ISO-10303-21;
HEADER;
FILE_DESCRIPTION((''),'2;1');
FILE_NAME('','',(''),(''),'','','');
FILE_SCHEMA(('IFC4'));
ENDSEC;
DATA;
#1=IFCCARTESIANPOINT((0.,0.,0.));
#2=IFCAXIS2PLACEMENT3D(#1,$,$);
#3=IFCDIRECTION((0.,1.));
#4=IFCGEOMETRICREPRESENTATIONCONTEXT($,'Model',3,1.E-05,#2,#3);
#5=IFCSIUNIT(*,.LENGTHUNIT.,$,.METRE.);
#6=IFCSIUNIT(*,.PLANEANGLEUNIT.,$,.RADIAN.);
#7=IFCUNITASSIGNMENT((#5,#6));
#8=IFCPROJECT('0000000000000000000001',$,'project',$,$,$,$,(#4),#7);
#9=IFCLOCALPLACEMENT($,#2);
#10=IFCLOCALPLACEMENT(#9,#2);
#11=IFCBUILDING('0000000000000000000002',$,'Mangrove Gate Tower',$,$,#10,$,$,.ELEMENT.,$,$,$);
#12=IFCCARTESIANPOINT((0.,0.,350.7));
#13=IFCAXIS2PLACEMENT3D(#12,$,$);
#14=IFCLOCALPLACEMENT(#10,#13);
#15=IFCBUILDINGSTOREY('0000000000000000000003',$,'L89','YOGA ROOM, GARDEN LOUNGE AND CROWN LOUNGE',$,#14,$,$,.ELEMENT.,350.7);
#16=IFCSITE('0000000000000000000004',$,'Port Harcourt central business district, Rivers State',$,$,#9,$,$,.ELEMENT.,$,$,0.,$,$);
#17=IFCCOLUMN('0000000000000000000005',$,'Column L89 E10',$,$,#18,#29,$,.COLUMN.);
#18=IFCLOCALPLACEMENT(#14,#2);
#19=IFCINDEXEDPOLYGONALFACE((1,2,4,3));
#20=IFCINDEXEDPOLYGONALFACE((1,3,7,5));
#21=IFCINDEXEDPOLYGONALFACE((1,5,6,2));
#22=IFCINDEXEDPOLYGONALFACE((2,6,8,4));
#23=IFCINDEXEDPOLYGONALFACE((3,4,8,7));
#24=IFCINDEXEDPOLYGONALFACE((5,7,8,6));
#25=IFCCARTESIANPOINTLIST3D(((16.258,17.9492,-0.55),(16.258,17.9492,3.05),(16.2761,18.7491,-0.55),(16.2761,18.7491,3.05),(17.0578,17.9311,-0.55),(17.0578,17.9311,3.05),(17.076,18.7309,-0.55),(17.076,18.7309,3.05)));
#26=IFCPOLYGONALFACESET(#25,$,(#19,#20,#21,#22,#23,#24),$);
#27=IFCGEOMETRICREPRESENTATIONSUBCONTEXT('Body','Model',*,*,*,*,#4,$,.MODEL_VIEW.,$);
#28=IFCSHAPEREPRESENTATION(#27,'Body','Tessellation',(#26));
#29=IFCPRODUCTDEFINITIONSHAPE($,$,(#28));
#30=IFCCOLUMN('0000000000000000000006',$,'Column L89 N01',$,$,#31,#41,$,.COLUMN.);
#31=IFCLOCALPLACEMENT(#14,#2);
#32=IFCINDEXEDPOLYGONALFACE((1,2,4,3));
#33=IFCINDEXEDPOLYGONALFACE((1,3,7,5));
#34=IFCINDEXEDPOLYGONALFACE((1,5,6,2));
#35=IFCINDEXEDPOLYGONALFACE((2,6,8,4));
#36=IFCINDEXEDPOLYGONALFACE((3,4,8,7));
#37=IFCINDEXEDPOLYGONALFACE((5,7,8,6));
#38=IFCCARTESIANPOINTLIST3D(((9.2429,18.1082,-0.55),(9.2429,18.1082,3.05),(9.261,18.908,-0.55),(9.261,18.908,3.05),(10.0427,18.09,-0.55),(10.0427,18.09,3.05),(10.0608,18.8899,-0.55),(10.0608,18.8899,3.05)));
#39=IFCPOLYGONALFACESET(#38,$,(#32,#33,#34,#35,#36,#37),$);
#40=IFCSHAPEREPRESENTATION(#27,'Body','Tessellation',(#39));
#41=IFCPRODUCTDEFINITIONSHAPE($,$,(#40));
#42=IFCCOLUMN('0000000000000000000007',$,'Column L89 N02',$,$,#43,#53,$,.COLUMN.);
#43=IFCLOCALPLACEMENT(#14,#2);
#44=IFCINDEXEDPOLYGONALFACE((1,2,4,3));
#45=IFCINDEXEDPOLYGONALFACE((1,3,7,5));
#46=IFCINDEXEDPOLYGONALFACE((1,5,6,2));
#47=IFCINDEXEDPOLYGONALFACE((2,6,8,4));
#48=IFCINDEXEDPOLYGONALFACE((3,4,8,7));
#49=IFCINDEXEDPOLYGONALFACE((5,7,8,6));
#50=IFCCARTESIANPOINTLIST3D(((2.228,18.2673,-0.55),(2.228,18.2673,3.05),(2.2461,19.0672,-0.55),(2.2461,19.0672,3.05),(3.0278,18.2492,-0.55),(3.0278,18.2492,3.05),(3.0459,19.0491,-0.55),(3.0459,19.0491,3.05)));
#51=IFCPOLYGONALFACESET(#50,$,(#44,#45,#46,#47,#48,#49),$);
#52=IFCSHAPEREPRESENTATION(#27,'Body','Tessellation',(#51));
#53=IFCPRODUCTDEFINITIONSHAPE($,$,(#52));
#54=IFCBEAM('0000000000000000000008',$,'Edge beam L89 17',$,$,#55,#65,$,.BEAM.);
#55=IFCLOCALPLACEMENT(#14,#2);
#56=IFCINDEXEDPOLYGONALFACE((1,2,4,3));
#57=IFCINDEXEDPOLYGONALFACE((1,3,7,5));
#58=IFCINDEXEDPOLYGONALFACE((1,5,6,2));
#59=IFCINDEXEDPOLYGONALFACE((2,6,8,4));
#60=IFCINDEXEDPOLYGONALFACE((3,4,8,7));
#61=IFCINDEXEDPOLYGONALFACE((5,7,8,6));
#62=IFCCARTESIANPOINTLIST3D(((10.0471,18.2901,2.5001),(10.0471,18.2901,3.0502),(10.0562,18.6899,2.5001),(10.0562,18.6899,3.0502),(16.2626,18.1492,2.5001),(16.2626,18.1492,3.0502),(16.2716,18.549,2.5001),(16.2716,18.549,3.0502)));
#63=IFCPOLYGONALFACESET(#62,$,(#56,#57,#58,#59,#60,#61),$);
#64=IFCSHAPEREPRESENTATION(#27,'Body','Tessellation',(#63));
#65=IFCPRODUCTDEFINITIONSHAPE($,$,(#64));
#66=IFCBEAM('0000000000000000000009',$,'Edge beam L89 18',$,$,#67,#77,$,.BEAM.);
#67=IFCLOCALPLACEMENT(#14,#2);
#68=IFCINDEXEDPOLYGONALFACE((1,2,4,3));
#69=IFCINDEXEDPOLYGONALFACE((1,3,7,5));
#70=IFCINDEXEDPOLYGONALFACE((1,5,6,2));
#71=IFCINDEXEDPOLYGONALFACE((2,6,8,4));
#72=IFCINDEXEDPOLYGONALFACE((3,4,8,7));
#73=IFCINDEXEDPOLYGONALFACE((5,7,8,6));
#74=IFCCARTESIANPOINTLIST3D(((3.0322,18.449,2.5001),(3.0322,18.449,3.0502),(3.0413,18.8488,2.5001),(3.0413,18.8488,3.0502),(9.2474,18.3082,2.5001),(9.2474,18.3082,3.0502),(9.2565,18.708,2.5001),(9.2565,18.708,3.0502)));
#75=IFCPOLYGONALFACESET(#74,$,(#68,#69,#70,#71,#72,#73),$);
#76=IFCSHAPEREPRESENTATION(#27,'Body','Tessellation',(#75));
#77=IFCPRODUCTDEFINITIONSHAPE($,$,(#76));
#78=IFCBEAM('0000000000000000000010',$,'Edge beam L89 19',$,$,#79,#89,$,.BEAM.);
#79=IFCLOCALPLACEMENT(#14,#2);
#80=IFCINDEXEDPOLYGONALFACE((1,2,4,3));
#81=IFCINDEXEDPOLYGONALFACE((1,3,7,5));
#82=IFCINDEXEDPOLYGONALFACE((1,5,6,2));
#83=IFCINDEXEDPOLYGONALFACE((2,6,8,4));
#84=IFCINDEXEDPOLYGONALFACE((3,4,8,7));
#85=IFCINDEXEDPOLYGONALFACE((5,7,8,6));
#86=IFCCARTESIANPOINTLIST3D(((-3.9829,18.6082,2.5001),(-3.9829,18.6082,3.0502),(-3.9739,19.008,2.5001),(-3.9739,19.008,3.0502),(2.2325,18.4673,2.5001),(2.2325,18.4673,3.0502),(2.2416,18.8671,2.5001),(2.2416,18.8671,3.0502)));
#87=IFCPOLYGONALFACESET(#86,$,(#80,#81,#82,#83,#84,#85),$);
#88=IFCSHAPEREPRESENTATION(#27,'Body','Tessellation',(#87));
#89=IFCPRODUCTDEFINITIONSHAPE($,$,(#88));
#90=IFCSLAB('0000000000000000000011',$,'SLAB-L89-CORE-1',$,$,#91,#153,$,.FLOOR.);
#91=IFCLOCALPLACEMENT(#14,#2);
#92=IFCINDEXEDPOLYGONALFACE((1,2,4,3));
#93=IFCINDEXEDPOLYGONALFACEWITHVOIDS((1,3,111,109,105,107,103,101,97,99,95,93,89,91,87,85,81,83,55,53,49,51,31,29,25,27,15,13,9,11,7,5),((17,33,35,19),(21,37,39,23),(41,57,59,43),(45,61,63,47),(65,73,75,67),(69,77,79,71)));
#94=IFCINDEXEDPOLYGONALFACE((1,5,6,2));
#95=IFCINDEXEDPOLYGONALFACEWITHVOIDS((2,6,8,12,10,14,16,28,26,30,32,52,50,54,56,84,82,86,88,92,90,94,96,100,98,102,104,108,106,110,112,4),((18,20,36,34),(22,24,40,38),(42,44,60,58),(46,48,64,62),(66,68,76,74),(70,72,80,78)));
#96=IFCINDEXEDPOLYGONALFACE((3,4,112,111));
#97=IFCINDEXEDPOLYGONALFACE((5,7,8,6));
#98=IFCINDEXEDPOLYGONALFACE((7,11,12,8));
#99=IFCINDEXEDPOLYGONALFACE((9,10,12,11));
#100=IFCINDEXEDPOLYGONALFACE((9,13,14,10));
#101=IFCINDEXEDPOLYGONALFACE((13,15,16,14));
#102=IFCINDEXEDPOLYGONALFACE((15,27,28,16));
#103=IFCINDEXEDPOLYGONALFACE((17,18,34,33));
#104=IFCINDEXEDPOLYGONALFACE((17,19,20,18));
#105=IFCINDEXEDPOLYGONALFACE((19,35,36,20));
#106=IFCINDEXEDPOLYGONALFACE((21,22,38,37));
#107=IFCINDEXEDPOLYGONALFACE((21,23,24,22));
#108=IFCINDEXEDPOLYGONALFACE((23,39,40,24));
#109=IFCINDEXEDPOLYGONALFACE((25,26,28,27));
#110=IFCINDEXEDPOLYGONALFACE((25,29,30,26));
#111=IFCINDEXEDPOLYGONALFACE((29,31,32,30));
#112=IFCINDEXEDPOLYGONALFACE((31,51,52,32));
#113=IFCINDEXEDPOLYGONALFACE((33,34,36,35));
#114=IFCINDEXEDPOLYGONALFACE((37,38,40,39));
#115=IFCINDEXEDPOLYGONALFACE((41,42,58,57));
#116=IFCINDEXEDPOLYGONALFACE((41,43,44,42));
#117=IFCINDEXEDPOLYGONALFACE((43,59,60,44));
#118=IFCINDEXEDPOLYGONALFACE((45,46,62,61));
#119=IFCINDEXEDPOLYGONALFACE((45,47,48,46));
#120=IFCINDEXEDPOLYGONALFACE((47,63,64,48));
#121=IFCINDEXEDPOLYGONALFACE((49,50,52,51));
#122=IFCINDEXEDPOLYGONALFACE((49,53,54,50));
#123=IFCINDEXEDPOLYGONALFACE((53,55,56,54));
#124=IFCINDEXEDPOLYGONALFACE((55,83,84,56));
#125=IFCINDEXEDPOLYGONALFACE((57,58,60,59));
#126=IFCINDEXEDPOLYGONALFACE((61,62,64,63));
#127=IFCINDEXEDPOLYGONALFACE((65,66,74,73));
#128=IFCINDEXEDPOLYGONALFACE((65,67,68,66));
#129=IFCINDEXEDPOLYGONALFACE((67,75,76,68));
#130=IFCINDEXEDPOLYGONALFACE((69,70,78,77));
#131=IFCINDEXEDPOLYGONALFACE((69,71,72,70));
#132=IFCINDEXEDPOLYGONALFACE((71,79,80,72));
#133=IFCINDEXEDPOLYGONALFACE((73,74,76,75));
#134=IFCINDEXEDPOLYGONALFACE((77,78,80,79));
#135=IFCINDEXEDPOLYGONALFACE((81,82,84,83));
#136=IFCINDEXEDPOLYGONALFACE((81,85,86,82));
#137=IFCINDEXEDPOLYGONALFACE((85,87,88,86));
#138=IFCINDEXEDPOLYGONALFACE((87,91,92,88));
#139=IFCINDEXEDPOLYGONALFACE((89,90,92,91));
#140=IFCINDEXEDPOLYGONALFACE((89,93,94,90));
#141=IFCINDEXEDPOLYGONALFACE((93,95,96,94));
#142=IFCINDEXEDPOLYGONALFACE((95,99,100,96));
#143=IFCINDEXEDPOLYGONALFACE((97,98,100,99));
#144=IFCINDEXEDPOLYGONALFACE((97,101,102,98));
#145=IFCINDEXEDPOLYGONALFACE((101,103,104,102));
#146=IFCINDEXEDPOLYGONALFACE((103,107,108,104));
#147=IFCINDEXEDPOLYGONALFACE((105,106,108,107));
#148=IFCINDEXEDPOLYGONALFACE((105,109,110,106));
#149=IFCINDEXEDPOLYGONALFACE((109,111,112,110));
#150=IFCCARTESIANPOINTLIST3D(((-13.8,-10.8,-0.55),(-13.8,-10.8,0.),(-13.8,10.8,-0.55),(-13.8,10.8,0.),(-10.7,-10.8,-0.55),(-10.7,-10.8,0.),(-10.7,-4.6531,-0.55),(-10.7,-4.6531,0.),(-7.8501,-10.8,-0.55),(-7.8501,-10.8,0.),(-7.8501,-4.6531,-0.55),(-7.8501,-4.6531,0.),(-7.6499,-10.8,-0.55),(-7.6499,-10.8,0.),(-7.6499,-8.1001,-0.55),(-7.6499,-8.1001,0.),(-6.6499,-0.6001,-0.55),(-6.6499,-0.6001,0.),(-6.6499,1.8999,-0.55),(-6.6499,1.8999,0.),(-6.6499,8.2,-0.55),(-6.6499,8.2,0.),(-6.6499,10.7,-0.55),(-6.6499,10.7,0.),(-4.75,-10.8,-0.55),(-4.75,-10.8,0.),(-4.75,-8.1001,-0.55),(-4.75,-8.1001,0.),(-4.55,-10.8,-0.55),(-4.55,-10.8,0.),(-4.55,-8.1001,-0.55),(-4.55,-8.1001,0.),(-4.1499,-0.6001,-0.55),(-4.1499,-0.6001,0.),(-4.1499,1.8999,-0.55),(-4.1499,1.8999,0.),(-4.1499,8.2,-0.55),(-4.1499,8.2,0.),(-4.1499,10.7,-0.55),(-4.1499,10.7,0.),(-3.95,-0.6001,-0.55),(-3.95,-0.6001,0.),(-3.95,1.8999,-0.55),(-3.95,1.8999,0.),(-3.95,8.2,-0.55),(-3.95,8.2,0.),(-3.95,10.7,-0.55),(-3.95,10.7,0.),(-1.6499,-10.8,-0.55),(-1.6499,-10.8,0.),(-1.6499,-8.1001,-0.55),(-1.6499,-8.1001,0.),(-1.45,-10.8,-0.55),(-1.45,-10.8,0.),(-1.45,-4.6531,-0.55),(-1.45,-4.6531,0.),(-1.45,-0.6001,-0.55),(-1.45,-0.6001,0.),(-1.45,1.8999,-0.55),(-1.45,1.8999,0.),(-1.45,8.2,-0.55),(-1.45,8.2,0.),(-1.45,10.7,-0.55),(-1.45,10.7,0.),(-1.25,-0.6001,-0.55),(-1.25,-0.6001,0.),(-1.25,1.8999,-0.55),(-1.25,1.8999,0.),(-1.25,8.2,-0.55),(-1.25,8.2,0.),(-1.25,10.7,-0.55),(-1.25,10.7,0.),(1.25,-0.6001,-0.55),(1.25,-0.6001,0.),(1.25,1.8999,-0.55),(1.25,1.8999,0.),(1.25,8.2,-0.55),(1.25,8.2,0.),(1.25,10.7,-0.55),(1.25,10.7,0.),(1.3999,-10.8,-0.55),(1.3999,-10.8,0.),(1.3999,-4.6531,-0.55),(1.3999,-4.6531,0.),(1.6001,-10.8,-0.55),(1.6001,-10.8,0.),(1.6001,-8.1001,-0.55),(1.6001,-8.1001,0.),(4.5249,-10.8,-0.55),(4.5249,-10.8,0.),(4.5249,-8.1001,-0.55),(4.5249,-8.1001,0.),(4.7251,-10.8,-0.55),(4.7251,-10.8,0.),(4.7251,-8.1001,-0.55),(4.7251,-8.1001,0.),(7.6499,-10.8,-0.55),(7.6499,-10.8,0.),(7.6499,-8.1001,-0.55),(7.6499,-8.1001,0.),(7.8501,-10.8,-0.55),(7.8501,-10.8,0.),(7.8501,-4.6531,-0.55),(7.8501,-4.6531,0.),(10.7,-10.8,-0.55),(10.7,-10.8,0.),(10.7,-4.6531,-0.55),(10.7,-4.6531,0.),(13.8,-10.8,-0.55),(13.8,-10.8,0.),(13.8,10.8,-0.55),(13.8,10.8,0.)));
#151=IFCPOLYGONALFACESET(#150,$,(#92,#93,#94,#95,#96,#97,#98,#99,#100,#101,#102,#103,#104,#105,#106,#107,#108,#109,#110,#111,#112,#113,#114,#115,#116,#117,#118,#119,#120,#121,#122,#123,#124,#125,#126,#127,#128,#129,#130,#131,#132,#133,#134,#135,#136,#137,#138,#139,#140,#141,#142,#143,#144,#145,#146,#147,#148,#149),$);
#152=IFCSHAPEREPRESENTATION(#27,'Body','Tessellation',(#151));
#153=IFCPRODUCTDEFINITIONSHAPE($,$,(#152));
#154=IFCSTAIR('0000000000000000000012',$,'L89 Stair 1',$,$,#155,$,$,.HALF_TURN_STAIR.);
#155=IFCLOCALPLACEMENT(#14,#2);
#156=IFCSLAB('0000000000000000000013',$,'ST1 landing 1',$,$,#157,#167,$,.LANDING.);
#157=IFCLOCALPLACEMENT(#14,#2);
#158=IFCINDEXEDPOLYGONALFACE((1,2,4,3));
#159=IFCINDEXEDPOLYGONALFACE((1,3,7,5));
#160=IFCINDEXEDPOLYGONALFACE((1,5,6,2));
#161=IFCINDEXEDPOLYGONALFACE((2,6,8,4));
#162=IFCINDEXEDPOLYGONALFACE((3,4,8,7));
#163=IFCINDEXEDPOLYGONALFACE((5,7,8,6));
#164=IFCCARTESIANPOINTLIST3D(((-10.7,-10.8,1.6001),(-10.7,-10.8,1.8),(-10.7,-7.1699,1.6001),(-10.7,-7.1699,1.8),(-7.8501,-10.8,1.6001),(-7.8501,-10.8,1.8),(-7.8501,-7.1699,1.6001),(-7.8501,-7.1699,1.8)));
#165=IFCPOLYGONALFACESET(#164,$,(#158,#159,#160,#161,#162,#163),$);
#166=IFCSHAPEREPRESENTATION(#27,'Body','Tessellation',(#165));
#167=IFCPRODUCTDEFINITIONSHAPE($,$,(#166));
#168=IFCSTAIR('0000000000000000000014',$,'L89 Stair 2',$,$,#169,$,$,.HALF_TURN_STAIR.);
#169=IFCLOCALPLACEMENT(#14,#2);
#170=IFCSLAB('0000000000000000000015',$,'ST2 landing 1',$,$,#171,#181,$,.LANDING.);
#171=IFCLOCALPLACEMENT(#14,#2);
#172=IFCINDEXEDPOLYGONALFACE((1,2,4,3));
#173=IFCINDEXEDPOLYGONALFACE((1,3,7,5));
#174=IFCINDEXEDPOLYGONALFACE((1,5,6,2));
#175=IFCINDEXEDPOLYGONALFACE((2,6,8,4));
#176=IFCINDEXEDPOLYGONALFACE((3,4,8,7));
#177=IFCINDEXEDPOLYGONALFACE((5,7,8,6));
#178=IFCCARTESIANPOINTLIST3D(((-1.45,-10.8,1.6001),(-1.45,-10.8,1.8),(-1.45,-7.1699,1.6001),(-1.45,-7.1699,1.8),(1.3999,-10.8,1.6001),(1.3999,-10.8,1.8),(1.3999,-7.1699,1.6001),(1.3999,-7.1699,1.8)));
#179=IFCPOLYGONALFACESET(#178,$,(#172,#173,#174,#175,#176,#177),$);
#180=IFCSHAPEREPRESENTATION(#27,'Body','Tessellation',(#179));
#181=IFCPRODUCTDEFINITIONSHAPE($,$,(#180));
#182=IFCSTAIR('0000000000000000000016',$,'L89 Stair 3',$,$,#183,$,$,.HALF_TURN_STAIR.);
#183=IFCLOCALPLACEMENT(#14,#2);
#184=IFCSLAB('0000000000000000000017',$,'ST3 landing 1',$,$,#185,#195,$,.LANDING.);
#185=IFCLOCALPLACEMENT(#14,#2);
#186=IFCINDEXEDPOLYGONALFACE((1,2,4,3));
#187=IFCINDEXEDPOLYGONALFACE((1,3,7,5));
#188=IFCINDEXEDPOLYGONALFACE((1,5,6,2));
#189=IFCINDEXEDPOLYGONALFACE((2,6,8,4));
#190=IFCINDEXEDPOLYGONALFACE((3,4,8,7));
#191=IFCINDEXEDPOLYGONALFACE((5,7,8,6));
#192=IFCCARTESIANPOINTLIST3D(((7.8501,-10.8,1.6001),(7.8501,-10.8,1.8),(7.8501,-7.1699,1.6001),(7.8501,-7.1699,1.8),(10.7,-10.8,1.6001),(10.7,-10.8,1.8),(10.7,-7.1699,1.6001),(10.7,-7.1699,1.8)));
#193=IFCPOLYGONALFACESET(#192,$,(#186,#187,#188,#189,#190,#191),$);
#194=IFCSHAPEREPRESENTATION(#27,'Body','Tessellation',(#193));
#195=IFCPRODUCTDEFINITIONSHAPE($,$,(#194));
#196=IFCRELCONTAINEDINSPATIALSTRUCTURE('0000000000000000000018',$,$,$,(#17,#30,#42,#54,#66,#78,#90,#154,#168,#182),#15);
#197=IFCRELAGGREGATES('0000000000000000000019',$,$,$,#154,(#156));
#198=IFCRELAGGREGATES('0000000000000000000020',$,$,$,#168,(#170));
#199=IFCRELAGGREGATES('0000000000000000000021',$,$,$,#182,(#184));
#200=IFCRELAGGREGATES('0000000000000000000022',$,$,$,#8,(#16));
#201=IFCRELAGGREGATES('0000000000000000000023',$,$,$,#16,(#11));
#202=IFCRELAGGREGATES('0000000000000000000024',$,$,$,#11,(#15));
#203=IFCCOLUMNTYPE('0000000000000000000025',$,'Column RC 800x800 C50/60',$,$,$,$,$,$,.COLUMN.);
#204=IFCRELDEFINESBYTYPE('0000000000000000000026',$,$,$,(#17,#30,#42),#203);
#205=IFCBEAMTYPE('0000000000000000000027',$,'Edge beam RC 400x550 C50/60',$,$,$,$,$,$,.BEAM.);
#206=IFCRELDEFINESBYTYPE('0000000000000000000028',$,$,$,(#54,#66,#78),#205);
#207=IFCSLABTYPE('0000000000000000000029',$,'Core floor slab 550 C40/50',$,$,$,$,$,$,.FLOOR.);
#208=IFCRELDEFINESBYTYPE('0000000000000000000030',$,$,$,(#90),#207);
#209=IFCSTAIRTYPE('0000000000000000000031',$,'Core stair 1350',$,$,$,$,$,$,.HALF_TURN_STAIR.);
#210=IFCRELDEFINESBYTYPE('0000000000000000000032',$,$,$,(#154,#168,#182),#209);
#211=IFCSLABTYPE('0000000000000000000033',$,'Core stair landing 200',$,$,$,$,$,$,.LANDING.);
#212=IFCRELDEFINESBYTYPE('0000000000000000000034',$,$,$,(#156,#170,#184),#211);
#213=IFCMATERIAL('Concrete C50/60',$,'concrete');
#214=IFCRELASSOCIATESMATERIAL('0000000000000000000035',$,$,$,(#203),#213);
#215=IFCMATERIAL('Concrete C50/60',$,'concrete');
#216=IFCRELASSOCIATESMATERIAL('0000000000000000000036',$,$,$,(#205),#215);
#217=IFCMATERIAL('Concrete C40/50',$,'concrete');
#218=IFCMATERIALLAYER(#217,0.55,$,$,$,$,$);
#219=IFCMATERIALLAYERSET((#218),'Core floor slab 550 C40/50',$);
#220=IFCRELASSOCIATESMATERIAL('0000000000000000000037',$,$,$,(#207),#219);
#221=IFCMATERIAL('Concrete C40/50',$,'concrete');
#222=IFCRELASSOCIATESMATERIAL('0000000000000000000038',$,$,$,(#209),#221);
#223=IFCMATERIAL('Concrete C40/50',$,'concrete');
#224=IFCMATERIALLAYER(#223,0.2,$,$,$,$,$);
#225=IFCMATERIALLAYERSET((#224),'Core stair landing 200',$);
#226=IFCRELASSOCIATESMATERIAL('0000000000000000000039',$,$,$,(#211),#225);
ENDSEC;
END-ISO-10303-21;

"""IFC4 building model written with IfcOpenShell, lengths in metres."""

from ifc_helpers import new_model, si_unit, direction, frame, origin, origin_2d, place, context, subcontext, project, spatial, polyline, rectangle, outline, extrude, material, layer, layer_set, material_profile, profile_set, type_object, element, aggregate, save


model = new_model("IFC4")

# Units and contexts
model_context = context("Model", 3, precision=1e-05, world=origin(), true_north=direction((0.0, 1.0)))
body_context = subcontext(model_context, "Body", "Model", "MODEL_VIEW")
ifc_project = project(units=[si_unit("LENGTHUNIT", "METRE"), si_unit("PLANEANGLEUNIT", "RADIAN")], contexts=[model_context])

# Site, building, storey
site_placement = place(None, origin())
site = spatial("IfcSite", under=ifc_project, at=site_placement, Name="Port Harcourt central business district, Rivers State", CompositionType="ELEMENT", RefElevation=0.0)
building_placement = place(site_placement, origin())
building = spatial("IfcBuilding", under=site, at=building_placement, Name="Mangrove Gate Tower", CompositionType="ELEMENT")
storey_placement = place(building_placement, frame((0.0, 0.0, 350.7)))
storey = spatial("IfcBuildingStorey", under=building, at=storey_placement, Name="L89", Description="YOGA ROOM, GARDEN LOUNGE AND CROWN LOUNGE", CompositionType="ELEMENT", Elevation=350.7)

# Columns
ifc_material_1 = material(Name="Concrete C50/60", Category="concrete")
ifc_material_profile_1 = material_profile(ifc_material_1, rectangle(XDim=0.8, YDim=0.8, at=origin_2d()))
ifc_profile_set_1 = profile_set([ifc_material_profile_1], Name="Concrete C50/60")
column_type = type_object("IfcColumnType", Name="Column RC 800x800 C50/60", PredefinedType="COLUMN", material=ifc_profile_set_1)
for number, where, z_axis, x_axis, name in (
    (1, (16.667, 18.3401, -0.55), (0.0, 0.0, 1.0), (-0.999743, 0.02266, 0.0), "Column L89 E10"),
    (2, (9.6519, 18.499, -0.55), (0.0, 0.0, 1.0), (-0.999743, 0.02266, 0.0), "Column L89 N01"),
    (3, (2.637, 18.6582, -0.55), (0.0, 0.0, 1.0), (-0.999743, 0.02266, 0.0), "Column L89 N02"),
):
    element("IfcColumn", number, at=place(storey_placement, frame(where, z_axis=z_axis, x_axis=x_axis)), inside=storey, type_object=column_type, Name=name, PredefinedType="COLUMN", context=body_context, shape_type="SweptSolid", body=[
        extrude(rectangle(XDim=0.8, YDim=0.8, at=origin_2d()), origin(), (0.0, 0.0, 1.0), 3.6001),
    ])

# Beams
ifc_material_2 = material(Name="Concrete C50/60", Category="concrete")
ifc_material_profile_2 = material_profile(ifc_material_2, rectangle(XDim=0.3999, YDim=0.55, at=origin_2d()))
ifc_profile_set_2 = profile_set([ifc_material_profile_2], Name="Concrete C50/60")
beam_type = type_object("IfcBeamType", Name="Edge beam RC 400x550 C50/60", PredefinedType="BEAM", material=ifc_profile_set_2)
beam_1_placement = place(storey_placement, frame((16.2671, 18.3491, 2.7751), z_axis=(-0.999743, 0.022659, 0.0), x_axis=(-0.022659, -0.999743, 0.0)))
element("IfcBeam", 4, at=beam_1_placement, inside=storey, type_object=beam_type, Name="Edge beam L89 17", PredefinedType="BEAM", context=body_context, shape_type="SweptSolid", body=[
    extrude(rectangle(XDim=0.3999, YDim=0.55, at=origin_2d()), origin(), (0.0, 0.0, 1.0), 6.217),
])
beam_2_placement = place(storey_placement, frame((9.252, 18.5081, 2.7751), z_axis=(-0.999743, 0.02266, 0.0), x_axis=(-0.02266, -0.999743, 0.0)))
element("IfcBeam", 5, at=beam_2_placement, inside=storey, type_object=beam_type, Name="Edge beam L89 18", PredefinedType="BEAM", context=body_context, shape_type="SweptSolid", body=[
    extrude(rectangle(XDim=0.3999, YDim=0.55, at=origin_2d()), origin(), (0.0, 0.0, 1.0), 6.2168),
])
beam_3_placement = place(storey_placement, frame((2.2371, 18.6672, 2.7751), z_axis=(-0.999743, 0.022659, 0.0), x_axis=(-0.022659, -0.999743, 0.0)))
element("IfcBeam", 6, at=beam_3_placement, inside=storey, type_object=beam_type, Name="Edge beam L89 19", PredefinedType="BEAM", context=body_context, shape_type="SweptSolid", body=[
    extrude(rectangle(XDim=0.3999, YDim=0.55, at=origin_2d()), origin(), (0.0, 0.0, 1.0), 6.217),
])

# Slab
ifc_material_3 = material(Name="Concrete C40/50", Category="concrete")
ifc_layer_1 = layer(ifc_material_3, 0.55)
ifc_layer_set_1 = layer_set([ifc_layer_1], Name="Core floor slab 550 C40/50")
slab_type_1 = type_object("IfcSlabType", Name="Core floor slab 550 C40/50", PredefinedType="FLOOR", material=ifc_layer_set_1)
slab_1_placement = place(storey_placement, frame((0.0, 0.0, -0.55)))
element("IfcSlab", 7, at=slab_1_placement, inside=storey, type_object=slab_type_1, Name="SLAB-L89-CORE-1", PredefinedType="FLOOR", context=body_context, shape_type="SweptSolid", body=[
    extrude(outline(polyline([(-13.8, -10.8), (-13.8, 10.8), (13.8, 10.8), (13.8, -10.8), (10.7, -10.8), (10.7, -4.6531), (7.8501, -4.6531), (7.8501, -10.8), (7.6499, -10.8), (7.6499, -8.1001), (4.7251, -8.1001), (4.7251, -10.8), (4.5249, -10.8), (4.5249, -8.1001), (1.6001, -8.1001), (1.6001, -10.8), (1.3999, -10.8), (1.3999, -4.6531), (-1.45, -4.6531), (-1.45, -10.8), (-1.6499, -10.8), (-1.6499, -8.1001), (-4.55, -8.1001), (-4.55, -10.8), (-4.75, -10.8), (-4.75, -8.1001), (-7.6499, -8.1001), (-7.6499, -10.8), (-7.8501, -10.8), (-7.8501, -4.6531), (-10.7, -4.6531), (-10.7, -10.8), (-13.8, -10.8)]), holes=[polyline([(-4.1499, 1.8999), (-6.6499, 1.8999), (-6.6499, -0.6001), (-4.1499, -0.6001), (-4.1499, 1.8999)]), polyline([(-1.45, -0.6001), (-1.45, 1.8999), (-3.95, 1.8999), (-3.95, -0.6001), (-1.45, -0.6001)]), polyline([(-4.1499, 8.2), (-4.1499, 10.7), (-6.6499, 10.7), (-6.6499, 8.2), (-4.1499, 8.2)]), polyline([(-1.45, 10.7), (-3.95, 10.7), (-3.95, 8.2), (-1.45, 8.2), (-1.45, 10.7)]), polyline([(1.25, -0.6001), (1.25, 1.8999), (-1.25, 1.8999), (-1.25, -0.6001), (1.25, -0.6001)]), polyline([(1.25, 8.2), (1.25, 10.7), (-1.25, 10.7), (-1.25, 8.2), (1.25, 8.2)])]), origin(), (0.0, 0.0, 1.0), 0.55),
])

# Stairs, slabs
ifc_material_4 = material(Name="Concrete C40/50", Category="concrete")
stair_type = type_object("IfcStairType", Name="Core stair 1350", PredefinedType="HALF_TURN_STAIR", material=ifc_material_4)
stair_1_placement = place(storey_placement, origin())
stair_1 = element("IfcStair", 8, at=stair_1_placement, inside=storey, type_object=stair_type, Name="L89 Stair 1", PredefinedType="HALF_TURN_STAIR")
ifc_material_5 = material(Name="Concrete C40/50", Category="concrete")
ifc_layer_2 = layer(ifc_material_5, 0.2)
ifc_layer_set_2 = layer_set([ifc_layer_2], Name="Core stair landing 200")
slab_type_2 = type_object("IfcSlabType", Name="Core stair landing 200", PredefinedType="LANDING", material=ifc_layer_set_2)
slab_2_placement = place(storey_placement, frame((0.0, 0.0, 1.6001)))
slab_2 = element("IfcSlab", 9, at=slab_2_placement, type_object=slab_type_2, Name="ST1 landing 1", PredefinedType="LANDING", context=body_context, shape_type="SweptSolid", body=[
    extrude(outline(polyline([(-10.7, -7.1699), (-10.7, -10.8), (-7.8501, -10.8), (-7.8501, -7.1699), (-10.7, -7.1699)])), origin(), (0.0, 0.0, 1.0), 0.2),
])
aggregate(stair_1, [slab_2])
stair_2_placement = place(storey_placement, origin())
stair_2 = element("IfcStair", 10, at=stair_2_placement, inside=storey, type_object=stair_type, Name="L89 Stair 2", PredefinedType="HALF_TURN_STAIR")
slab_3_placement = place(storey_placement, frame((0.0, 0.0, 1.6001)))
slab_3 = element("IfcSlab", 11, at=slab_3_placement, type_object=slab_type_2, Name="ST2 landing 1", PredefinedType="LANDING", context=body_context, shape_type="SweptSolid", body=[
    extrude(outline(polyline([(-1.45, -7.1699), (-1.45, -10.8), (1.3999, -10.8), (1.3999, -7.1699), (-1.45, -7.1699)])), origin(), (0.0, 0.0, 1.0), 0.2),
])
aggregate(stair_2, [slab_3])
stair_3_placement = place(storey_placement, origin())
stair_3 = element("IfcStair", 12, at=stair_3_placement, inside=storey, type_object=stair_type, Name="L89 Stair 3", PredefinedType="HALF_TURN_STAIR")
slab_4_placement = place(storey_placement, frame((0.0, 0.0, 1.6001)))
slab_4 = element("IfcSlab", 13, at=slab_4_placement, type_object=slab_type_2, Name="ST3 landing 1", PredefinedType="LANDING", context=body_context, shape_type="SweptSolid", body=[
    extrude(outline(polyline([(7.8501, -7.1699), (7.8501, -10.8), (10.7, -10.8), (10.7, -7.1699), (7.8501, -7.1699)])), origin(), (0.0, 0.0, 1.0), 0.2),
])
aggregate(stair_3, [slab_4])

save(model, "model.ifc")
